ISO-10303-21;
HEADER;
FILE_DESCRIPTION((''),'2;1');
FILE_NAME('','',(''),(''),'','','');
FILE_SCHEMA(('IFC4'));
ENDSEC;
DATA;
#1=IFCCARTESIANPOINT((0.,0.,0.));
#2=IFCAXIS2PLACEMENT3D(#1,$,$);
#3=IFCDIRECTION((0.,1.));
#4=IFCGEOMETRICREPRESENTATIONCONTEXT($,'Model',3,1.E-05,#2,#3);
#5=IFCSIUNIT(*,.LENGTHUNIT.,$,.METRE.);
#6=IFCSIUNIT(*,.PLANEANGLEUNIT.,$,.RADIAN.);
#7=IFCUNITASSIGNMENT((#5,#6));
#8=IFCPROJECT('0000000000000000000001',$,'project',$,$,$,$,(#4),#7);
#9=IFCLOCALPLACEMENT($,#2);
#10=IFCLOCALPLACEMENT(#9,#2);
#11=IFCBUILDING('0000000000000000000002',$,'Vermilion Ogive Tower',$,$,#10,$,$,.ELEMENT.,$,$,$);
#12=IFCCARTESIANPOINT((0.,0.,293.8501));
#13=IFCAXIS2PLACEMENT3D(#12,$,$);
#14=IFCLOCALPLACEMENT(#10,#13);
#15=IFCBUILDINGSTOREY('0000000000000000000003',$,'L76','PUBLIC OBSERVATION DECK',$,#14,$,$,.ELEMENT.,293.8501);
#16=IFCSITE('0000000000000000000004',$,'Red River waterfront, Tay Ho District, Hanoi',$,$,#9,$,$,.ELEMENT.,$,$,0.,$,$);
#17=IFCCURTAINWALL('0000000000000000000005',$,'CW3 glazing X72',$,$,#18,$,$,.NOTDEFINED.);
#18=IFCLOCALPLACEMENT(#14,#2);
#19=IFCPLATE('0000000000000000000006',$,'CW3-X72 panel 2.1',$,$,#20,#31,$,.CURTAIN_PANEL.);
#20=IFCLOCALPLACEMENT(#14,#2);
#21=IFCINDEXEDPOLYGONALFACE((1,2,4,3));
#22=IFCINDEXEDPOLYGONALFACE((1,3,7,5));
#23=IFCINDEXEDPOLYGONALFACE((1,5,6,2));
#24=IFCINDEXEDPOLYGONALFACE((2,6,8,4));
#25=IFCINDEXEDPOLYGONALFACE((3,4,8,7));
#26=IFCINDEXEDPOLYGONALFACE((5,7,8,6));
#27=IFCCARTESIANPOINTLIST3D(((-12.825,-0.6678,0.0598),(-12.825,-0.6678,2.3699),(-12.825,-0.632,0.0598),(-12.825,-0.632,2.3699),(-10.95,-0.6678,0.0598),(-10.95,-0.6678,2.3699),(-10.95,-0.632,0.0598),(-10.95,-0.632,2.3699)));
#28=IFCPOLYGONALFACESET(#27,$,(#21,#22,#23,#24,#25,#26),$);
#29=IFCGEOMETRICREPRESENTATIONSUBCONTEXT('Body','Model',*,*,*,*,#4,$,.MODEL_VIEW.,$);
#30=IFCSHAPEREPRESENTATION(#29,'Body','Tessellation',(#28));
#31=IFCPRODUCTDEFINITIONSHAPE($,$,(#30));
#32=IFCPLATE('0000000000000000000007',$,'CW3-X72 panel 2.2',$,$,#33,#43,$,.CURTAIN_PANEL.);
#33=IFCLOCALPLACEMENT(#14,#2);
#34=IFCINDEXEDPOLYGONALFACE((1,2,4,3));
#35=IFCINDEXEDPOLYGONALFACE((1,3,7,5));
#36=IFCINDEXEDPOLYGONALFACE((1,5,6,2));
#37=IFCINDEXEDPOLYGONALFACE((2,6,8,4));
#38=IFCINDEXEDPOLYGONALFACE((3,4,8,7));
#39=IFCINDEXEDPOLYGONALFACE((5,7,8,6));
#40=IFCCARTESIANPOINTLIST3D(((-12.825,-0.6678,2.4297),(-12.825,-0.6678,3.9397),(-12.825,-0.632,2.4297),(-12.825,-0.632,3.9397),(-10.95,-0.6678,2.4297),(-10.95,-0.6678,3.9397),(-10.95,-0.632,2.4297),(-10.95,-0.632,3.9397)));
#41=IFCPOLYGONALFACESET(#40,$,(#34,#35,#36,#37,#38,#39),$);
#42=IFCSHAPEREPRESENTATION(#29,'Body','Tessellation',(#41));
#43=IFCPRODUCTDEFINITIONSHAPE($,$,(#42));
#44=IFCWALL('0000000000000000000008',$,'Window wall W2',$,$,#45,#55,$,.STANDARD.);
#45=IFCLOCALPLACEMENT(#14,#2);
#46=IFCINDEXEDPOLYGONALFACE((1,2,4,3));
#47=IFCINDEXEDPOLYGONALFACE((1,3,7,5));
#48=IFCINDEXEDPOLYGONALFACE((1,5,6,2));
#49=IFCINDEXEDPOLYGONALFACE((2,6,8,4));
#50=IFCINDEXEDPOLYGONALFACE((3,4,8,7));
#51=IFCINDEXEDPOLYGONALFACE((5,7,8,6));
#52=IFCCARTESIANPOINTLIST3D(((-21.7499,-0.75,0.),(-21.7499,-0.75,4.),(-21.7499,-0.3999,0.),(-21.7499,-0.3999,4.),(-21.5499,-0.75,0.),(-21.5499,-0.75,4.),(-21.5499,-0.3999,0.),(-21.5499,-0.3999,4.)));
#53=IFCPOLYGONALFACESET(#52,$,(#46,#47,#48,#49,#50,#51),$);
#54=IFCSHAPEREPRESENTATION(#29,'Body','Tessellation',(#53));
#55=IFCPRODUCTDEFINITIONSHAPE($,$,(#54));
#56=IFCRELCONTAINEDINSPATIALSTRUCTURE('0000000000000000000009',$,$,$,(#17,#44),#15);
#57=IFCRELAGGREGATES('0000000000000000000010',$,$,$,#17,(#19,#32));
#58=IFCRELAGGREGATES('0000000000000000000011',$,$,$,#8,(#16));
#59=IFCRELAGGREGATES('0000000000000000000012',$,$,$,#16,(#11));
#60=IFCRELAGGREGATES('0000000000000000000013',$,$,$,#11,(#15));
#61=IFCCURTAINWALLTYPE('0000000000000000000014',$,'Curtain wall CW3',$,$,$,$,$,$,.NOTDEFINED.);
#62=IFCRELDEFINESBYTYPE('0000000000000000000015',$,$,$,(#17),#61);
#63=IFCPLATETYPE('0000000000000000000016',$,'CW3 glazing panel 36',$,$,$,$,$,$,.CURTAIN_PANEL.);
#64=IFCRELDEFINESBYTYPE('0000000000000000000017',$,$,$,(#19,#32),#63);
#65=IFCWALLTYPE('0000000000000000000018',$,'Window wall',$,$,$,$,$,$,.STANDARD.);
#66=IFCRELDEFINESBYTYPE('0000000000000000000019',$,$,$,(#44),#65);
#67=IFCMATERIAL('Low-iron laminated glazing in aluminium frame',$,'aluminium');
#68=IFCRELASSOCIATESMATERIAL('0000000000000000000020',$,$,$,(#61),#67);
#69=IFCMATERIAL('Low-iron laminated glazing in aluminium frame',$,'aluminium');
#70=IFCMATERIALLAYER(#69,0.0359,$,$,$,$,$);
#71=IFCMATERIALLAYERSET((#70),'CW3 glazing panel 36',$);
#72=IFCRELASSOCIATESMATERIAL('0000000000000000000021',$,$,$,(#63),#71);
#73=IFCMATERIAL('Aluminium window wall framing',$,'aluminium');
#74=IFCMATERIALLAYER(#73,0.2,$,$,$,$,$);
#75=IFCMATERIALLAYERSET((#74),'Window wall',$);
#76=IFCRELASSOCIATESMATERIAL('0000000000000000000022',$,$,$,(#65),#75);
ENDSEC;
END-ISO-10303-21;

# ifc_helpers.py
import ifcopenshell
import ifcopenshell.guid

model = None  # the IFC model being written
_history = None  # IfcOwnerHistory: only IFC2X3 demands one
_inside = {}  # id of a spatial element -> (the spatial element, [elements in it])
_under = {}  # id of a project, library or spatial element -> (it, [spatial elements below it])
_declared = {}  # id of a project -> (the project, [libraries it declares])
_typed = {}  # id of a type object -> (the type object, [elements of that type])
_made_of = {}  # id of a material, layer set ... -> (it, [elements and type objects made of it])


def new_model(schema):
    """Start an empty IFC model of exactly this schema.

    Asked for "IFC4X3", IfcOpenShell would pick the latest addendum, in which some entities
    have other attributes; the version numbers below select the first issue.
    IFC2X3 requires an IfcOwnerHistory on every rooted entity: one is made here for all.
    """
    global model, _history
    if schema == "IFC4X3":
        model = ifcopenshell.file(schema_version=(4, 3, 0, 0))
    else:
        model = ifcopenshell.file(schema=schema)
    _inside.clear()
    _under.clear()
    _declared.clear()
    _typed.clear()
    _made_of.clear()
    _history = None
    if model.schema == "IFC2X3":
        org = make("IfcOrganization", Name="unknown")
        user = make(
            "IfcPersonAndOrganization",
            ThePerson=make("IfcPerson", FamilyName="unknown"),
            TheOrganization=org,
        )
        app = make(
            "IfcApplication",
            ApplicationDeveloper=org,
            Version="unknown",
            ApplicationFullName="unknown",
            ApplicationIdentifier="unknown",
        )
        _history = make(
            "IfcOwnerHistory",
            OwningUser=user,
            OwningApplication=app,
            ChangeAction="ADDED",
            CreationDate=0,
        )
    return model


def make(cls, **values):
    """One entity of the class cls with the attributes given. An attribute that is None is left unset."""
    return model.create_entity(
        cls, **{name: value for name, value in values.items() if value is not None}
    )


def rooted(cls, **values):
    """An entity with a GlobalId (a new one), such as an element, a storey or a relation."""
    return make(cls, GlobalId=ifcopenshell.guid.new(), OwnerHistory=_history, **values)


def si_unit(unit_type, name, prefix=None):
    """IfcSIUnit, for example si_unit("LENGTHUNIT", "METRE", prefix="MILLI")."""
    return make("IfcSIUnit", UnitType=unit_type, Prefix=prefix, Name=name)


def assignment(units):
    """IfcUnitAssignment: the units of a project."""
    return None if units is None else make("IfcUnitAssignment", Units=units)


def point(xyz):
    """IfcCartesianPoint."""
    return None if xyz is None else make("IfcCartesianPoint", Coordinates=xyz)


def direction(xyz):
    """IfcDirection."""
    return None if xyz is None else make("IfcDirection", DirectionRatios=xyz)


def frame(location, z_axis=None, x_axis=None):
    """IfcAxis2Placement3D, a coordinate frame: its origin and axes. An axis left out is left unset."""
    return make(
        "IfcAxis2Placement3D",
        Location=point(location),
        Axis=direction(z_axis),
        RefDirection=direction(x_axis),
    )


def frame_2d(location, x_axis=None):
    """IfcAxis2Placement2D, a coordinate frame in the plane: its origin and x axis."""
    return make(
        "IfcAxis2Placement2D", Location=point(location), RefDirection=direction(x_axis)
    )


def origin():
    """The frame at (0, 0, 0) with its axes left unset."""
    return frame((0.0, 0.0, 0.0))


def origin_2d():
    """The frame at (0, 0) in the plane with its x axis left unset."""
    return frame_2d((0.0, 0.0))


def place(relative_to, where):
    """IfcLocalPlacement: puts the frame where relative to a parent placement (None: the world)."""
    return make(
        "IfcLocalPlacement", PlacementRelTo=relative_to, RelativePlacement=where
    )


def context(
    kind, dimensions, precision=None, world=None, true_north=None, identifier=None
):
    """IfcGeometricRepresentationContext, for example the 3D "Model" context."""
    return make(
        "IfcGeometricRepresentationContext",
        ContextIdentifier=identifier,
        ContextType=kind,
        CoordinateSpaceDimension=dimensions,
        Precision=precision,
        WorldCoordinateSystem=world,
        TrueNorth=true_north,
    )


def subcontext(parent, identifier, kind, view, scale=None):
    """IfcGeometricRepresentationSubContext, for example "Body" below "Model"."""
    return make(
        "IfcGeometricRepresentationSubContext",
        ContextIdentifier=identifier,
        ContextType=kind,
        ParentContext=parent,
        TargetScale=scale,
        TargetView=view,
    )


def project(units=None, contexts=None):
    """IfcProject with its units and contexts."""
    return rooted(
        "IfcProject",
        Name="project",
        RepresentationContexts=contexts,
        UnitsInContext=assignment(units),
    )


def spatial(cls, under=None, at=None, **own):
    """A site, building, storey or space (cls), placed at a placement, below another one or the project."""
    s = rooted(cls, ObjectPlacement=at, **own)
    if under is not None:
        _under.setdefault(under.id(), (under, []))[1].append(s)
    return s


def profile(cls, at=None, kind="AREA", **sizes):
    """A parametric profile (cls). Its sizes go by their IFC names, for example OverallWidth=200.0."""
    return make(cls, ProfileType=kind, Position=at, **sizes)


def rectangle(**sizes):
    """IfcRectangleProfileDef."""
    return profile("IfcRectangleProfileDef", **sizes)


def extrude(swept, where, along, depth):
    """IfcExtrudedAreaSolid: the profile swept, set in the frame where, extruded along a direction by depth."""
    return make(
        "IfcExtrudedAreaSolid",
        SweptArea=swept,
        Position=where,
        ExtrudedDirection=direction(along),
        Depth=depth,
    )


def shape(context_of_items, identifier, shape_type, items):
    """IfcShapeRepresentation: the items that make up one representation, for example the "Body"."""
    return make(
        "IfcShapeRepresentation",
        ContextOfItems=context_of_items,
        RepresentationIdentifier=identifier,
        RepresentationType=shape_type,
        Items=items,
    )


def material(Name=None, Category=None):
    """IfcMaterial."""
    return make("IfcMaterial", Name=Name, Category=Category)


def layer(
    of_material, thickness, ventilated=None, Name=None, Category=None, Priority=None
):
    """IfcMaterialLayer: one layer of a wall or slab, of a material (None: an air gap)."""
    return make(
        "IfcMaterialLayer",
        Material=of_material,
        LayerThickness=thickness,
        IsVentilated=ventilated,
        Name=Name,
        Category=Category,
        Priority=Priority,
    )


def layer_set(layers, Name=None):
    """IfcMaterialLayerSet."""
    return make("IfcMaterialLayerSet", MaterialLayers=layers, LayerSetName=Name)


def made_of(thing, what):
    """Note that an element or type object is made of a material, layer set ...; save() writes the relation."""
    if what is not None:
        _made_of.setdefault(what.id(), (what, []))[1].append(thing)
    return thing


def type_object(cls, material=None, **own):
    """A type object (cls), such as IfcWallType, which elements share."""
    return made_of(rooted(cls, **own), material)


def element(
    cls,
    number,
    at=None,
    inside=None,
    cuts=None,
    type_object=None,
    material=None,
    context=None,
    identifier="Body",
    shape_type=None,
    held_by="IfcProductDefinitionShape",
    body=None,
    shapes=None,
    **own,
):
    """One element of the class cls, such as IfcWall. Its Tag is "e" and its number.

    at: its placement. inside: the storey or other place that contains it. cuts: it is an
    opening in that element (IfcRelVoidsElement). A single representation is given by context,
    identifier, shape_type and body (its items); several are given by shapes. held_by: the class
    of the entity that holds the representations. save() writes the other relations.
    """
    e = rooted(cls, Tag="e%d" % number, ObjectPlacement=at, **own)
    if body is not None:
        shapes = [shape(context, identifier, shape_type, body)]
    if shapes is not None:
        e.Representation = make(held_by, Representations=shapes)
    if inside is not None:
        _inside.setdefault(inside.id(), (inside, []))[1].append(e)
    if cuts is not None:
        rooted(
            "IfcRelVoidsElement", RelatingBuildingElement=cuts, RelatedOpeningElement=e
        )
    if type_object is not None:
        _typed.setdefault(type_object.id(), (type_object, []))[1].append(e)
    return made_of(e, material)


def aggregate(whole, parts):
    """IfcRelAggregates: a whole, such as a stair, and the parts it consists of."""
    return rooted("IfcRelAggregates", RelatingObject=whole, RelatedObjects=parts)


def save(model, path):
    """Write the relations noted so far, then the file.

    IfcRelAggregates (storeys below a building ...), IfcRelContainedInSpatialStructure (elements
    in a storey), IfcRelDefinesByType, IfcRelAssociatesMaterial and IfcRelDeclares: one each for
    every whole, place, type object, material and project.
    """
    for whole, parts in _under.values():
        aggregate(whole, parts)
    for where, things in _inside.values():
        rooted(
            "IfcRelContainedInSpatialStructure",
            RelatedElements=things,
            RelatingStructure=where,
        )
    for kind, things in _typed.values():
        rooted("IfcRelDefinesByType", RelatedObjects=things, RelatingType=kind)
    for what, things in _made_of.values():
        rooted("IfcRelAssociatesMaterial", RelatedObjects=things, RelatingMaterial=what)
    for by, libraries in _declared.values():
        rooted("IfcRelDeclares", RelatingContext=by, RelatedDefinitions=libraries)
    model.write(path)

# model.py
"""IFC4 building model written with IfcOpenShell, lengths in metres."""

from ifc_helpers import new_model, si_unit, direction, frame, frame_2d, origin, origin_2d, place, context, subcontext, project, spatial, rectangle, extrude, material, layer, layer_set, type_object, element, aggregate, save


model = new_model("IFC4")

# Units and contexts
model_context = context("Model", 3, precision=1e-05, world=origin(), true_north=direction((0.0, 1.0)))
body_context = subcontext(model_context, "Body", "Model", "MODEL_VIEW")
ifc_project = project(units=[si_unit("LENGTHUNIT", "METRE"), si_unit("PLANEANGLEUNIT", "RADIAN")], contexts=[model_context])

# Site, building, storey
site_placement = place(None, origin())
site = spatial("IfcSite", under=ifc_project, at=site_placement, Name="Red River waterfront, Tay Ho District, Hanoi", CompositionType="ELEMENT", RefElevation=0.0)
building_placement = place(site_placement, origin())
building = spatial("IfcBuilding", under=site, at=building_placement, Name="Vermilion Ogive Tower", CompositionType="ELEMENT")
storey_placement = place(building_placement, frame((0.0, 0.0, 293.8501)))
storey = spatial("IfcBuildingStorey", under=building, at=storey_placement, Name="L76", Description="PUBLIC OBSERVATION DECK", CompositionType="ELEMENT", Elevation=293.8501)

# Curtain wall
ifc_material_1 = material(Name="Low-iron laminated glazing in aluminium frame", Category="aluminium")
curtain_wall_type = type_object("IfcCurtainWallType", Name="Curtain wall CW3", PredefinedType="NOTDEFINED", material=ifc_material_1)
curtain_wall_1_placement = place(storey_placement, origin())
curtain_wall_1 = element("IfcCurtainWall", 1, at=curtain_wall_1_placement, inside=storey, type_object=curtain_wall_type, Name="CW3 glazing X72", PredefinedType="NOTDEFINED")

# Plates
ifc_material_2 = material(Name="Low-iron laminated glazing in aluminium frame", Category="aluminium")
ifc_layer_1 = layer(ifc_material_2, 0.0359)
ifc_layer_set_1 = layer_set([ifc_layer_1], Name="CW3 glazing panel 36")
plate_type = type_object("IfcPlateType", Name="CW3 glazing panel 36", PredefinedType="CURTAIN_PANEL", material=ifc_layer_set_1)
plate_1_placement = place(storey_placement, frame((-11.8875, -0.6499, 0.0598), z_axis=(0.0, 0.0, 1.0), x_axis=(1.0, 0.0, 0.0)))
plate_1 = element("IfcPlate", 2, at=plate_1_placement, type_object=plate_type, Name="CW3-X72 panel 2.1", PredefinedType="CURTAIN_PANEL", context=body_context, shape_type="SweptSolid", body=[
    extrude(rectangle(XDim=1.875, YDim=0.0359, at=origin_2d()), origin(), (0.0, 0.0, 1.0), 2.3101),
])
plate_2_placement = place(storey_placement, frame((-11.8875, -0.6499, 2.4297), z_axis=(0.0, 0.0, 1.0), x_axis=(1.0, 0.0, 0.0)))
plate_2 = element("IfcPlate", 3, at=plate_2_placement, type_object=plate_type, Name="CW3-X72 panel 2.2", PredefinedType="CURTAIN_PANEL", context=body_context, shape_type="SweptSolid", body=[
    extrude(rectangle(XDim=1.875, YDim=0.0359, at=origin_2d()), origin(), (0.0, 0.0, 1.0), 1.51),
])
aggregate(curtain_wall_1, [plate_1, plate_2])

# Wall
ifc_material_3 = material(Name="Aluminium window wall framing", Category="aluminium")
ifc_layer_2 = layer(ifc_material_3, 0.2)
ifc_layer_set_2 = layer_set([ifc_layer_2], Name="Window wall")
wall_type = type_object("IfcWallType", Name="Window wall", PredefinedType="STANDARD", material=ifc_layer_set_2)
wall_placement = place(storey_placement, frame((-21.6499, -0.3999, 0.0), z_axis=(0.0, 0.0, 1.0), x_axis=(0.0, -1.0, 0.0)))
element("IfcWall", 4, at=wall_placement, inside=storey, type_object=wall_type, Name="Window wall W2", PredefinedType="STANDARD", context=body_context, shape_type="SweptSolid", body=[
    extrude(rectangle(XDim=0.3501, YDim=0.2, at=frame_2d((0.175, 0.0))), origin(), (0.0, 0.0, 1.0), 4.0),
])

save(model, "model.ifc")
